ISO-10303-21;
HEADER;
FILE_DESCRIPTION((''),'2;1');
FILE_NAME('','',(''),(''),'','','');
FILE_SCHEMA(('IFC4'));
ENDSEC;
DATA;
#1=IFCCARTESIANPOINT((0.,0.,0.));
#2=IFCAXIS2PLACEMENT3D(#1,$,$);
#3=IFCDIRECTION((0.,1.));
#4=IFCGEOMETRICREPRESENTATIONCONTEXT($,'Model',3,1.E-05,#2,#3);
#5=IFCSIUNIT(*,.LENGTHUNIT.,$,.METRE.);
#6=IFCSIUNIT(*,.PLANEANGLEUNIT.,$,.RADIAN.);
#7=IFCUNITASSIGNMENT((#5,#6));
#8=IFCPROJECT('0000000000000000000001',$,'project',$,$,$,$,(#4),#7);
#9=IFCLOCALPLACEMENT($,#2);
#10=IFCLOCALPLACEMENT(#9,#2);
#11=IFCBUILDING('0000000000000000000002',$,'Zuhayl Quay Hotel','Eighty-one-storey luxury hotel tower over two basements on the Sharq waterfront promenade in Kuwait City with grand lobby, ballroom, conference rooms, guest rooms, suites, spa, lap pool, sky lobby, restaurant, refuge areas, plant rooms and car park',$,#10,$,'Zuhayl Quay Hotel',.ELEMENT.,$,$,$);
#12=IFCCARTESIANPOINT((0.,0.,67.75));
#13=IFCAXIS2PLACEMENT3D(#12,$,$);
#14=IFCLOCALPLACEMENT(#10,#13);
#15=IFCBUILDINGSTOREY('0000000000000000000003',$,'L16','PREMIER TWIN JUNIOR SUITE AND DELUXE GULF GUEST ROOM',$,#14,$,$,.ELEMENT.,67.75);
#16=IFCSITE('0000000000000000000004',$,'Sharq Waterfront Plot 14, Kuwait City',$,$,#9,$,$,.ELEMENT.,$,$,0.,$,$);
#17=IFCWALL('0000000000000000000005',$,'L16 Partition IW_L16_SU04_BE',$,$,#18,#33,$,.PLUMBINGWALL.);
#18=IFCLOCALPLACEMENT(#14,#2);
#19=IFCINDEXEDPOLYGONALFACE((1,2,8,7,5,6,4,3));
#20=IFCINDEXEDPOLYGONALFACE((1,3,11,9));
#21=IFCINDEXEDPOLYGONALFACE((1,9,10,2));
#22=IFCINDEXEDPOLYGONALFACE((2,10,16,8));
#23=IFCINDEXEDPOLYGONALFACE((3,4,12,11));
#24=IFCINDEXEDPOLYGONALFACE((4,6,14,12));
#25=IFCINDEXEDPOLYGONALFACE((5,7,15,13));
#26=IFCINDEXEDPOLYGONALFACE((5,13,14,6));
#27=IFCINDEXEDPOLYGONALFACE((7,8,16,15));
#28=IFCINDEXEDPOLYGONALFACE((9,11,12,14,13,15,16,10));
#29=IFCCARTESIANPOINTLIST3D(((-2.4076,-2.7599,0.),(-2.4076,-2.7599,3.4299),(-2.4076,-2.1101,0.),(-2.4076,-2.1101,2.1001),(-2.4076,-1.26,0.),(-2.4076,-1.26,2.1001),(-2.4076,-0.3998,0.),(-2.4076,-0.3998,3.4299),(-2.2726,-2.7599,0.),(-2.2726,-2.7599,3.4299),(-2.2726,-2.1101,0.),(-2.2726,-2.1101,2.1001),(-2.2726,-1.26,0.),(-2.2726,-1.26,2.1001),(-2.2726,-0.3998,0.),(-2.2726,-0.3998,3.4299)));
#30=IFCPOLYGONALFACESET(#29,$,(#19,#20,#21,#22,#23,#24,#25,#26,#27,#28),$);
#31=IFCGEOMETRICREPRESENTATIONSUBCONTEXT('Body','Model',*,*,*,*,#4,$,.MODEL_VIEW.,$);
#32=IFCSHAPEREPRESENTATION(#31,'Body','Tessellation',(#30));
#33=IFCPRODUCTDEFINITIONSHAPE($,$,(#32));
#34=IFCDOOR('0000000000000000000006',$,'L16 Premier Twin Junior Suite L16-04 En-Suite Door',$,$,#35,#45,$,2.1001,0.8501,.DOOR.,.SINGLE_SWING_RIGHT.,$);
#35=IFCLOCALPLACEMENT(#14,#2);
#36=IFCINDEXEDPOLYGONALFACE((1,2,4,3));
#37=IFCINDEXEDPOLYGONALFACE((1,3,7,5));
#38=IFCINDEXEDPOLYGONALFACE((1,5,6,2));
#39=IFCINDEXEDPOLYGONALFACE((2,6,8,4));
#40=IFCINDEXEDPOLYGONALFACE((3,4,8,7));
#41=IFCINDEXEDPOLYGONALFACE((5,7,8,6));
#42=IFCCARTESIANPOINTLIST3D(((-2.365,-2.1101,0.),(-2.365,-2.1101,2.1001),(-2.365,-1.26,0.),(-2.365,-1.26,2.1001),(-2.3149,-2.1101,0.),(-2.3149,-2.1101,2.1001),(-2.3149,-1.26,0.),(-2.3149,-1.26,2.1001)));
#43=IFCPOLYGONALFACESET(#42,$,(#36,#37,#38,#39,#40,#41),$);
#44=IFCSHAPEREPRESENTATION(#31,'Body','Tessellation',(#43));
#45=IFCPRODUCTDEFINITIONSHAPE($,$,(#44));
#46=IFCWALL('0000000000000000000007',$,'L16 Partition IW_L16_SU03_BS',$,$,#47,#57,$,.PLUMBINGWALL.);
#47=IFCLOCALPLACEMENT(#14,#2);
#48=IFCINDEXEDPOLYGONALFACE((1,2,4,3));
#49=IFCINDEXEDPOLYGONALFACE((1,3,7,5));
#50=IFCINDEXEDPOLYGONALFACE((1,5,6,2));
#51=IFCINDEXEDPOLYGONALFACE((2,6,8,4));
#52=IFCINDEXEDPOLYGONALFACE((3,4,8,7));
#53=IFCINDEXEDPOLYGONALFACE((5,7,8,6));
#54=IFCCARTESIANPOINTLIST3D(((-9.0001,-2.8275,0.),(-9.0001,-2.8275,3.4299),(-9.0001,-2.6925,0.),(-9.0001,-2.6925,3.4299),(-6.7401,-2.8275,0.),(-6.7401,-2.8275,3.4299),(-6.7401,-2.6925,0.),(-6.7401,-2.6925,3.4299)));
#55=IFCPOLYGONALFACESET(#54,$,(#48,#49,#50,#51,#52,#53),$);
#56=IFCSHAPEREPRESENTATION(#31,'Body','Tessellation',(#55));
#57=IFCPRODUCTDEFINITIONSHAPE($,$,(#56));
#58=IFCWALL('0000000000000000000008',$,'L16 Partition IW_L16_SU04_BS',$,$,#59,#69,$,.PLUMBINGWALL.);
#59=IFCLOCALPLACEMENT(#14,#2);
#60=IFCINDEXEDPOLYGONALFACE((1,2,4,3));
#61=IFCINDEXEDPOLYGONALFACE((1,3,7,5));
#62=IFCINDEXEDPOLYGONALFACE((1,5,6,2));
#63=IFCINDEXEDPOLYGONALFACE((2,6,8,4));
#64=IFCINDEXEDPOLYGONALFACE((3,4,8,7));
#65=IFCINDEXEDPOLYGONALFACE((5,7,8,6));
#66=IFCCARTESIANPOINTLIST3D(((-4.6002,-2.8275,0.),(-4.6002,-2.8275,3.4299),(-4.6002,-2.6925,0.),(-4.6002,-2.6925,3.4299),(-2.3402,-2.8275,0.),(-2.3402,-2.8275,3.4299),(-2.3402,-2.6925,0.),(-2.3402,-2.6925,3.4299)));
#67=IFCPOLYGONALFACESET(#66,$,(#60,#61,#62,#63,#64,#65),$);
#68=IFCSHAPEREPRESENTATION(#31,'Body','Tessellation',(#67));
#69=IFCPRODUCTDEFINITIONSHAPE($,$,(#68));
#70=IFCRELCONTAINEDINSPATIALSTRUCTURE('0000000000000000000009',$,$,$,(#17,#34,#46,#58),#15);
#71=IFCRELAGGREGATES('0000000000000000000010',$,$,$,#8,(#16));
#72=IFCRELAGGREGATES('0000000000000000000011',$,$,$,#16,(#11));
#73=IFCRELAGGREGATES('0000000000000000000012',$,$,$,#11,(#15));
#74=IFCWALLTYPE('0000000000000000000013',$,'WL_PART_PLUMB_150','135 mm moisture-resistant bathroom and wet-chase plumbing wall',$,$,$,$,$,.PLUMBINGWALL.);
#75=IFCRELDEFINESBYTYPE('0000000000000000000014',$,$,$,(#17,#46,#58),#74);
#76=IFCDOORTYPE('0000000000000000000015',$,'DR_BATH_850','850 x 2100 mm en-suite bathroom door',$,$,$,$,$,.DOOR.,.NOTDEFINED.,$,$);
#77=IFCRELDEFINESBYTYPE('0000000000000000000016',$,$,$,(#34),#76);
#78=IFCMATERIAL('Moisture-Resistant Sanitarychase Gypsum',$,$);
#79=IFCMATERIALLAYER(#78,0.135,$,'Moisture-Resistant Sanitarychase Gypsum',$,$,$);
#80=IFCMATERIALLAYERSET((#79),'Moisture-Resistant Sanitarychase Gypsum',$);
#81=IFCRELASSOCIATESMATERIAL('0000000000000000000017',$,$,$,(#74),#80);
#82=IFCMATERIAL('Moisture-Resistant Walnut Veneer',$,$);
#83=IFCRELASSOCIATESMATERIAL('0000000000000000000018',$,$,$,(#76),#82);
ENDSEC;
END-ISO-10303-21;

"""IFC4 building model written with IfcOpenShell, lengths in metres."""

from ifc_helpers import new_model, si_unit, direction, frame, frame_2d, origin, place, context, subcontext, project, spatial, rectangle, extrude, material, layer, layer_set, type_object, element, fill, save


model = new_model("IFC4")

# Units and contexts
model_context = context("Model", 3, precision=1e-05, world=origin(), true_north=direction((0.0, 1.0)))
body_context = subcontext(model_context, "Body", "Model", "MODEL_VIEW")
ifc_project = project(units=[si_unit("LENGTHUNIT", "METRE"), si_unit("PLANEANGLEUNIT", "RADIAN")], contexts=[model_context])

# Site, building, storey
site_placement = place(None, origin())
site = spatial("IfcSite", under=ifc_project, at=site_placement, Name="Sharq Waterfront Plot 14, Kuwait City", CompositionType="ELEMENT", RefElevation=0.0)
building_placement = place(site_placement, origin())
building = spatial("IfcBuilding", under=site, at=building_placement, Name="Zuhayl Quay Hotel", Description="Eighty-one-storey luxury hotel tower over two basements on the Sharq waterfront promenade in Kuwait City with grand lobby, ballroom, conference rooms, guest rooms, suites, spa, lap pool, sky lobby, restaurant, refuge areas, plant rooms and car park", LongName="Zuhayl Quay Hotel", CompositionType="ELEMENT")
storey_placement = place(building_placement, frame((0.0, 0.0, 67.75)))
storey = spatial("IfcBuildingStorey", under=building, at=storey_placement, Name="L16", Description="PREMIER TWIN JUNIOR SUITE AND DELUXE GULF GUEST ROOM", CompositionType="ELEMENT", Elevation=67.75)

# Wall, opening, door
ifc_material_1 = material(Name="Moisture-Resistant Sanitarychase Gypsum")
ifc_layer_1 = layer(ifc_material_1, 0.135, Name="Moisture-Resistant Sanitarychase Gypsum")
ifc_layer_set_1 = layer_set([ifc_layer_1], Name="Moisture-Resistant Sanitarychase Gypsum")
wall_type_1 = type_object("IfcWallType", Name="WL_PART_PLUMB_150", Description="135 mm moisture-resistant bathroom and wet-chase plumbing wall", PredefinedType="PLUMBINGWALL", material=ifc_layer_set_1)
ifc_material_2 = material(Name="Moisture-Resistant Walnut Veneer")
door_type_1 = type_object("IfcDoorType", Name="DR_BATH_850", Description="850 x 2100 mm en-suite bathroom door", OperationType="NOTDEFINED", PredefinedType="DOOR", material=ifc_material_2)
wall_1_placement = place(storey_placement, frame((-2.3401, -2.76, 0.0), z_axis=(0.0, 0.0, 1.0), x_axis=(0.0, 1.0, 0.0)))
wall_1 = element("IfcWall", 1, at=wall_1_placement, inside=storey, type_object=wall_type_1, Name="L16 Partition IW_L16_SU04_BE", PredefinedType="PLUMBINGWALL", context=body_context, shape_type="SweptSolid", body=[
    extrude(rectangle(XDim=2.3601, YDim=0.135, at=frame_2d((1.1802, 0.0))), origin(), (0.0, 0.0, 1.0), 3.4299),
])
opening_1_placement = place(wall_1_placement, frame((0.6499, 0.0, 0.0)))
opening_1 = element("IfcOpeningElement", 2, at=opening_1_placement, cuts=wall_1, PredefinedType="OPENING", context=body_context, shape_type="SweptSolid", body=[
    extrude(rectangle(XDim=0.8501, YDim=2.1001, at=frame_2d((0.425, 1.05))), frame((0.0, 0.0774, 0.0), z_axis=(0.0, -1.0, 0.0), x_axis=(1.0, 0.0, 0.0)), (0.0, 0.0, 1.0), 0.155),
])
door_1_placement = place(opening_1_placement, origin())
door_1 = element("IfcDoor", 3, at=door_1_placement, inside=storey, type_object=door_type_1, Name="L16 Premier Twin Junior Suite L16-04 En-Suite Door", OperationType="SINGLE_SWING_RIGHT", OverallHeight=2.1001, OverallWidth=0.8501, PredefinedType="DOOR", context=body_context, shape_type="SweptSolid", body=[
    extrude(rectangle(XDim=0.8501, YDim=2.1001, at=frame_2d((0.425, 1.05))), frame((0.0, 0.0249, 0.0), z_axis=(0.0, -1.0, 0.0), x_axis=(1.0, 0.0, 0.0)), (0.0, 0.0, 1.0), 0.05),
])
fill(opening_1, door_1)

# Walls
for number, where, z_axis, x_axis, name in (
    (4, (-9.0, -2.76, 0.0), (0.0, 0.0, 1.0), (1.0, 0.0, 0.0), "L16 Partition IW_L16_SU03_BS"),
    (5, (-4.6001, -2.76, 0.0), (0.0, 0.0, 1.0), (1.0, 0.0, 0.0), "L16 Partition IW_L16_SU04_BS"),
):
    element("IfcWall", number, at=place(storey_placement, frame(where, z_axis=z_axis, x_axis=x_axis)), inside=storey, type_object=wall_type_1, Name=name, PredefinedType="PLUMBINGWALL", context=body_context, shape_type="SweptSolid", body=[
        extrude(rectangle(XDim=2.26, YDim=0.135, at=frame_2d((1.1299, 0.0))), origin(), (0.0, 0.0, 1.0), 3.4299),
    ])

save(model, "model.ifc")
